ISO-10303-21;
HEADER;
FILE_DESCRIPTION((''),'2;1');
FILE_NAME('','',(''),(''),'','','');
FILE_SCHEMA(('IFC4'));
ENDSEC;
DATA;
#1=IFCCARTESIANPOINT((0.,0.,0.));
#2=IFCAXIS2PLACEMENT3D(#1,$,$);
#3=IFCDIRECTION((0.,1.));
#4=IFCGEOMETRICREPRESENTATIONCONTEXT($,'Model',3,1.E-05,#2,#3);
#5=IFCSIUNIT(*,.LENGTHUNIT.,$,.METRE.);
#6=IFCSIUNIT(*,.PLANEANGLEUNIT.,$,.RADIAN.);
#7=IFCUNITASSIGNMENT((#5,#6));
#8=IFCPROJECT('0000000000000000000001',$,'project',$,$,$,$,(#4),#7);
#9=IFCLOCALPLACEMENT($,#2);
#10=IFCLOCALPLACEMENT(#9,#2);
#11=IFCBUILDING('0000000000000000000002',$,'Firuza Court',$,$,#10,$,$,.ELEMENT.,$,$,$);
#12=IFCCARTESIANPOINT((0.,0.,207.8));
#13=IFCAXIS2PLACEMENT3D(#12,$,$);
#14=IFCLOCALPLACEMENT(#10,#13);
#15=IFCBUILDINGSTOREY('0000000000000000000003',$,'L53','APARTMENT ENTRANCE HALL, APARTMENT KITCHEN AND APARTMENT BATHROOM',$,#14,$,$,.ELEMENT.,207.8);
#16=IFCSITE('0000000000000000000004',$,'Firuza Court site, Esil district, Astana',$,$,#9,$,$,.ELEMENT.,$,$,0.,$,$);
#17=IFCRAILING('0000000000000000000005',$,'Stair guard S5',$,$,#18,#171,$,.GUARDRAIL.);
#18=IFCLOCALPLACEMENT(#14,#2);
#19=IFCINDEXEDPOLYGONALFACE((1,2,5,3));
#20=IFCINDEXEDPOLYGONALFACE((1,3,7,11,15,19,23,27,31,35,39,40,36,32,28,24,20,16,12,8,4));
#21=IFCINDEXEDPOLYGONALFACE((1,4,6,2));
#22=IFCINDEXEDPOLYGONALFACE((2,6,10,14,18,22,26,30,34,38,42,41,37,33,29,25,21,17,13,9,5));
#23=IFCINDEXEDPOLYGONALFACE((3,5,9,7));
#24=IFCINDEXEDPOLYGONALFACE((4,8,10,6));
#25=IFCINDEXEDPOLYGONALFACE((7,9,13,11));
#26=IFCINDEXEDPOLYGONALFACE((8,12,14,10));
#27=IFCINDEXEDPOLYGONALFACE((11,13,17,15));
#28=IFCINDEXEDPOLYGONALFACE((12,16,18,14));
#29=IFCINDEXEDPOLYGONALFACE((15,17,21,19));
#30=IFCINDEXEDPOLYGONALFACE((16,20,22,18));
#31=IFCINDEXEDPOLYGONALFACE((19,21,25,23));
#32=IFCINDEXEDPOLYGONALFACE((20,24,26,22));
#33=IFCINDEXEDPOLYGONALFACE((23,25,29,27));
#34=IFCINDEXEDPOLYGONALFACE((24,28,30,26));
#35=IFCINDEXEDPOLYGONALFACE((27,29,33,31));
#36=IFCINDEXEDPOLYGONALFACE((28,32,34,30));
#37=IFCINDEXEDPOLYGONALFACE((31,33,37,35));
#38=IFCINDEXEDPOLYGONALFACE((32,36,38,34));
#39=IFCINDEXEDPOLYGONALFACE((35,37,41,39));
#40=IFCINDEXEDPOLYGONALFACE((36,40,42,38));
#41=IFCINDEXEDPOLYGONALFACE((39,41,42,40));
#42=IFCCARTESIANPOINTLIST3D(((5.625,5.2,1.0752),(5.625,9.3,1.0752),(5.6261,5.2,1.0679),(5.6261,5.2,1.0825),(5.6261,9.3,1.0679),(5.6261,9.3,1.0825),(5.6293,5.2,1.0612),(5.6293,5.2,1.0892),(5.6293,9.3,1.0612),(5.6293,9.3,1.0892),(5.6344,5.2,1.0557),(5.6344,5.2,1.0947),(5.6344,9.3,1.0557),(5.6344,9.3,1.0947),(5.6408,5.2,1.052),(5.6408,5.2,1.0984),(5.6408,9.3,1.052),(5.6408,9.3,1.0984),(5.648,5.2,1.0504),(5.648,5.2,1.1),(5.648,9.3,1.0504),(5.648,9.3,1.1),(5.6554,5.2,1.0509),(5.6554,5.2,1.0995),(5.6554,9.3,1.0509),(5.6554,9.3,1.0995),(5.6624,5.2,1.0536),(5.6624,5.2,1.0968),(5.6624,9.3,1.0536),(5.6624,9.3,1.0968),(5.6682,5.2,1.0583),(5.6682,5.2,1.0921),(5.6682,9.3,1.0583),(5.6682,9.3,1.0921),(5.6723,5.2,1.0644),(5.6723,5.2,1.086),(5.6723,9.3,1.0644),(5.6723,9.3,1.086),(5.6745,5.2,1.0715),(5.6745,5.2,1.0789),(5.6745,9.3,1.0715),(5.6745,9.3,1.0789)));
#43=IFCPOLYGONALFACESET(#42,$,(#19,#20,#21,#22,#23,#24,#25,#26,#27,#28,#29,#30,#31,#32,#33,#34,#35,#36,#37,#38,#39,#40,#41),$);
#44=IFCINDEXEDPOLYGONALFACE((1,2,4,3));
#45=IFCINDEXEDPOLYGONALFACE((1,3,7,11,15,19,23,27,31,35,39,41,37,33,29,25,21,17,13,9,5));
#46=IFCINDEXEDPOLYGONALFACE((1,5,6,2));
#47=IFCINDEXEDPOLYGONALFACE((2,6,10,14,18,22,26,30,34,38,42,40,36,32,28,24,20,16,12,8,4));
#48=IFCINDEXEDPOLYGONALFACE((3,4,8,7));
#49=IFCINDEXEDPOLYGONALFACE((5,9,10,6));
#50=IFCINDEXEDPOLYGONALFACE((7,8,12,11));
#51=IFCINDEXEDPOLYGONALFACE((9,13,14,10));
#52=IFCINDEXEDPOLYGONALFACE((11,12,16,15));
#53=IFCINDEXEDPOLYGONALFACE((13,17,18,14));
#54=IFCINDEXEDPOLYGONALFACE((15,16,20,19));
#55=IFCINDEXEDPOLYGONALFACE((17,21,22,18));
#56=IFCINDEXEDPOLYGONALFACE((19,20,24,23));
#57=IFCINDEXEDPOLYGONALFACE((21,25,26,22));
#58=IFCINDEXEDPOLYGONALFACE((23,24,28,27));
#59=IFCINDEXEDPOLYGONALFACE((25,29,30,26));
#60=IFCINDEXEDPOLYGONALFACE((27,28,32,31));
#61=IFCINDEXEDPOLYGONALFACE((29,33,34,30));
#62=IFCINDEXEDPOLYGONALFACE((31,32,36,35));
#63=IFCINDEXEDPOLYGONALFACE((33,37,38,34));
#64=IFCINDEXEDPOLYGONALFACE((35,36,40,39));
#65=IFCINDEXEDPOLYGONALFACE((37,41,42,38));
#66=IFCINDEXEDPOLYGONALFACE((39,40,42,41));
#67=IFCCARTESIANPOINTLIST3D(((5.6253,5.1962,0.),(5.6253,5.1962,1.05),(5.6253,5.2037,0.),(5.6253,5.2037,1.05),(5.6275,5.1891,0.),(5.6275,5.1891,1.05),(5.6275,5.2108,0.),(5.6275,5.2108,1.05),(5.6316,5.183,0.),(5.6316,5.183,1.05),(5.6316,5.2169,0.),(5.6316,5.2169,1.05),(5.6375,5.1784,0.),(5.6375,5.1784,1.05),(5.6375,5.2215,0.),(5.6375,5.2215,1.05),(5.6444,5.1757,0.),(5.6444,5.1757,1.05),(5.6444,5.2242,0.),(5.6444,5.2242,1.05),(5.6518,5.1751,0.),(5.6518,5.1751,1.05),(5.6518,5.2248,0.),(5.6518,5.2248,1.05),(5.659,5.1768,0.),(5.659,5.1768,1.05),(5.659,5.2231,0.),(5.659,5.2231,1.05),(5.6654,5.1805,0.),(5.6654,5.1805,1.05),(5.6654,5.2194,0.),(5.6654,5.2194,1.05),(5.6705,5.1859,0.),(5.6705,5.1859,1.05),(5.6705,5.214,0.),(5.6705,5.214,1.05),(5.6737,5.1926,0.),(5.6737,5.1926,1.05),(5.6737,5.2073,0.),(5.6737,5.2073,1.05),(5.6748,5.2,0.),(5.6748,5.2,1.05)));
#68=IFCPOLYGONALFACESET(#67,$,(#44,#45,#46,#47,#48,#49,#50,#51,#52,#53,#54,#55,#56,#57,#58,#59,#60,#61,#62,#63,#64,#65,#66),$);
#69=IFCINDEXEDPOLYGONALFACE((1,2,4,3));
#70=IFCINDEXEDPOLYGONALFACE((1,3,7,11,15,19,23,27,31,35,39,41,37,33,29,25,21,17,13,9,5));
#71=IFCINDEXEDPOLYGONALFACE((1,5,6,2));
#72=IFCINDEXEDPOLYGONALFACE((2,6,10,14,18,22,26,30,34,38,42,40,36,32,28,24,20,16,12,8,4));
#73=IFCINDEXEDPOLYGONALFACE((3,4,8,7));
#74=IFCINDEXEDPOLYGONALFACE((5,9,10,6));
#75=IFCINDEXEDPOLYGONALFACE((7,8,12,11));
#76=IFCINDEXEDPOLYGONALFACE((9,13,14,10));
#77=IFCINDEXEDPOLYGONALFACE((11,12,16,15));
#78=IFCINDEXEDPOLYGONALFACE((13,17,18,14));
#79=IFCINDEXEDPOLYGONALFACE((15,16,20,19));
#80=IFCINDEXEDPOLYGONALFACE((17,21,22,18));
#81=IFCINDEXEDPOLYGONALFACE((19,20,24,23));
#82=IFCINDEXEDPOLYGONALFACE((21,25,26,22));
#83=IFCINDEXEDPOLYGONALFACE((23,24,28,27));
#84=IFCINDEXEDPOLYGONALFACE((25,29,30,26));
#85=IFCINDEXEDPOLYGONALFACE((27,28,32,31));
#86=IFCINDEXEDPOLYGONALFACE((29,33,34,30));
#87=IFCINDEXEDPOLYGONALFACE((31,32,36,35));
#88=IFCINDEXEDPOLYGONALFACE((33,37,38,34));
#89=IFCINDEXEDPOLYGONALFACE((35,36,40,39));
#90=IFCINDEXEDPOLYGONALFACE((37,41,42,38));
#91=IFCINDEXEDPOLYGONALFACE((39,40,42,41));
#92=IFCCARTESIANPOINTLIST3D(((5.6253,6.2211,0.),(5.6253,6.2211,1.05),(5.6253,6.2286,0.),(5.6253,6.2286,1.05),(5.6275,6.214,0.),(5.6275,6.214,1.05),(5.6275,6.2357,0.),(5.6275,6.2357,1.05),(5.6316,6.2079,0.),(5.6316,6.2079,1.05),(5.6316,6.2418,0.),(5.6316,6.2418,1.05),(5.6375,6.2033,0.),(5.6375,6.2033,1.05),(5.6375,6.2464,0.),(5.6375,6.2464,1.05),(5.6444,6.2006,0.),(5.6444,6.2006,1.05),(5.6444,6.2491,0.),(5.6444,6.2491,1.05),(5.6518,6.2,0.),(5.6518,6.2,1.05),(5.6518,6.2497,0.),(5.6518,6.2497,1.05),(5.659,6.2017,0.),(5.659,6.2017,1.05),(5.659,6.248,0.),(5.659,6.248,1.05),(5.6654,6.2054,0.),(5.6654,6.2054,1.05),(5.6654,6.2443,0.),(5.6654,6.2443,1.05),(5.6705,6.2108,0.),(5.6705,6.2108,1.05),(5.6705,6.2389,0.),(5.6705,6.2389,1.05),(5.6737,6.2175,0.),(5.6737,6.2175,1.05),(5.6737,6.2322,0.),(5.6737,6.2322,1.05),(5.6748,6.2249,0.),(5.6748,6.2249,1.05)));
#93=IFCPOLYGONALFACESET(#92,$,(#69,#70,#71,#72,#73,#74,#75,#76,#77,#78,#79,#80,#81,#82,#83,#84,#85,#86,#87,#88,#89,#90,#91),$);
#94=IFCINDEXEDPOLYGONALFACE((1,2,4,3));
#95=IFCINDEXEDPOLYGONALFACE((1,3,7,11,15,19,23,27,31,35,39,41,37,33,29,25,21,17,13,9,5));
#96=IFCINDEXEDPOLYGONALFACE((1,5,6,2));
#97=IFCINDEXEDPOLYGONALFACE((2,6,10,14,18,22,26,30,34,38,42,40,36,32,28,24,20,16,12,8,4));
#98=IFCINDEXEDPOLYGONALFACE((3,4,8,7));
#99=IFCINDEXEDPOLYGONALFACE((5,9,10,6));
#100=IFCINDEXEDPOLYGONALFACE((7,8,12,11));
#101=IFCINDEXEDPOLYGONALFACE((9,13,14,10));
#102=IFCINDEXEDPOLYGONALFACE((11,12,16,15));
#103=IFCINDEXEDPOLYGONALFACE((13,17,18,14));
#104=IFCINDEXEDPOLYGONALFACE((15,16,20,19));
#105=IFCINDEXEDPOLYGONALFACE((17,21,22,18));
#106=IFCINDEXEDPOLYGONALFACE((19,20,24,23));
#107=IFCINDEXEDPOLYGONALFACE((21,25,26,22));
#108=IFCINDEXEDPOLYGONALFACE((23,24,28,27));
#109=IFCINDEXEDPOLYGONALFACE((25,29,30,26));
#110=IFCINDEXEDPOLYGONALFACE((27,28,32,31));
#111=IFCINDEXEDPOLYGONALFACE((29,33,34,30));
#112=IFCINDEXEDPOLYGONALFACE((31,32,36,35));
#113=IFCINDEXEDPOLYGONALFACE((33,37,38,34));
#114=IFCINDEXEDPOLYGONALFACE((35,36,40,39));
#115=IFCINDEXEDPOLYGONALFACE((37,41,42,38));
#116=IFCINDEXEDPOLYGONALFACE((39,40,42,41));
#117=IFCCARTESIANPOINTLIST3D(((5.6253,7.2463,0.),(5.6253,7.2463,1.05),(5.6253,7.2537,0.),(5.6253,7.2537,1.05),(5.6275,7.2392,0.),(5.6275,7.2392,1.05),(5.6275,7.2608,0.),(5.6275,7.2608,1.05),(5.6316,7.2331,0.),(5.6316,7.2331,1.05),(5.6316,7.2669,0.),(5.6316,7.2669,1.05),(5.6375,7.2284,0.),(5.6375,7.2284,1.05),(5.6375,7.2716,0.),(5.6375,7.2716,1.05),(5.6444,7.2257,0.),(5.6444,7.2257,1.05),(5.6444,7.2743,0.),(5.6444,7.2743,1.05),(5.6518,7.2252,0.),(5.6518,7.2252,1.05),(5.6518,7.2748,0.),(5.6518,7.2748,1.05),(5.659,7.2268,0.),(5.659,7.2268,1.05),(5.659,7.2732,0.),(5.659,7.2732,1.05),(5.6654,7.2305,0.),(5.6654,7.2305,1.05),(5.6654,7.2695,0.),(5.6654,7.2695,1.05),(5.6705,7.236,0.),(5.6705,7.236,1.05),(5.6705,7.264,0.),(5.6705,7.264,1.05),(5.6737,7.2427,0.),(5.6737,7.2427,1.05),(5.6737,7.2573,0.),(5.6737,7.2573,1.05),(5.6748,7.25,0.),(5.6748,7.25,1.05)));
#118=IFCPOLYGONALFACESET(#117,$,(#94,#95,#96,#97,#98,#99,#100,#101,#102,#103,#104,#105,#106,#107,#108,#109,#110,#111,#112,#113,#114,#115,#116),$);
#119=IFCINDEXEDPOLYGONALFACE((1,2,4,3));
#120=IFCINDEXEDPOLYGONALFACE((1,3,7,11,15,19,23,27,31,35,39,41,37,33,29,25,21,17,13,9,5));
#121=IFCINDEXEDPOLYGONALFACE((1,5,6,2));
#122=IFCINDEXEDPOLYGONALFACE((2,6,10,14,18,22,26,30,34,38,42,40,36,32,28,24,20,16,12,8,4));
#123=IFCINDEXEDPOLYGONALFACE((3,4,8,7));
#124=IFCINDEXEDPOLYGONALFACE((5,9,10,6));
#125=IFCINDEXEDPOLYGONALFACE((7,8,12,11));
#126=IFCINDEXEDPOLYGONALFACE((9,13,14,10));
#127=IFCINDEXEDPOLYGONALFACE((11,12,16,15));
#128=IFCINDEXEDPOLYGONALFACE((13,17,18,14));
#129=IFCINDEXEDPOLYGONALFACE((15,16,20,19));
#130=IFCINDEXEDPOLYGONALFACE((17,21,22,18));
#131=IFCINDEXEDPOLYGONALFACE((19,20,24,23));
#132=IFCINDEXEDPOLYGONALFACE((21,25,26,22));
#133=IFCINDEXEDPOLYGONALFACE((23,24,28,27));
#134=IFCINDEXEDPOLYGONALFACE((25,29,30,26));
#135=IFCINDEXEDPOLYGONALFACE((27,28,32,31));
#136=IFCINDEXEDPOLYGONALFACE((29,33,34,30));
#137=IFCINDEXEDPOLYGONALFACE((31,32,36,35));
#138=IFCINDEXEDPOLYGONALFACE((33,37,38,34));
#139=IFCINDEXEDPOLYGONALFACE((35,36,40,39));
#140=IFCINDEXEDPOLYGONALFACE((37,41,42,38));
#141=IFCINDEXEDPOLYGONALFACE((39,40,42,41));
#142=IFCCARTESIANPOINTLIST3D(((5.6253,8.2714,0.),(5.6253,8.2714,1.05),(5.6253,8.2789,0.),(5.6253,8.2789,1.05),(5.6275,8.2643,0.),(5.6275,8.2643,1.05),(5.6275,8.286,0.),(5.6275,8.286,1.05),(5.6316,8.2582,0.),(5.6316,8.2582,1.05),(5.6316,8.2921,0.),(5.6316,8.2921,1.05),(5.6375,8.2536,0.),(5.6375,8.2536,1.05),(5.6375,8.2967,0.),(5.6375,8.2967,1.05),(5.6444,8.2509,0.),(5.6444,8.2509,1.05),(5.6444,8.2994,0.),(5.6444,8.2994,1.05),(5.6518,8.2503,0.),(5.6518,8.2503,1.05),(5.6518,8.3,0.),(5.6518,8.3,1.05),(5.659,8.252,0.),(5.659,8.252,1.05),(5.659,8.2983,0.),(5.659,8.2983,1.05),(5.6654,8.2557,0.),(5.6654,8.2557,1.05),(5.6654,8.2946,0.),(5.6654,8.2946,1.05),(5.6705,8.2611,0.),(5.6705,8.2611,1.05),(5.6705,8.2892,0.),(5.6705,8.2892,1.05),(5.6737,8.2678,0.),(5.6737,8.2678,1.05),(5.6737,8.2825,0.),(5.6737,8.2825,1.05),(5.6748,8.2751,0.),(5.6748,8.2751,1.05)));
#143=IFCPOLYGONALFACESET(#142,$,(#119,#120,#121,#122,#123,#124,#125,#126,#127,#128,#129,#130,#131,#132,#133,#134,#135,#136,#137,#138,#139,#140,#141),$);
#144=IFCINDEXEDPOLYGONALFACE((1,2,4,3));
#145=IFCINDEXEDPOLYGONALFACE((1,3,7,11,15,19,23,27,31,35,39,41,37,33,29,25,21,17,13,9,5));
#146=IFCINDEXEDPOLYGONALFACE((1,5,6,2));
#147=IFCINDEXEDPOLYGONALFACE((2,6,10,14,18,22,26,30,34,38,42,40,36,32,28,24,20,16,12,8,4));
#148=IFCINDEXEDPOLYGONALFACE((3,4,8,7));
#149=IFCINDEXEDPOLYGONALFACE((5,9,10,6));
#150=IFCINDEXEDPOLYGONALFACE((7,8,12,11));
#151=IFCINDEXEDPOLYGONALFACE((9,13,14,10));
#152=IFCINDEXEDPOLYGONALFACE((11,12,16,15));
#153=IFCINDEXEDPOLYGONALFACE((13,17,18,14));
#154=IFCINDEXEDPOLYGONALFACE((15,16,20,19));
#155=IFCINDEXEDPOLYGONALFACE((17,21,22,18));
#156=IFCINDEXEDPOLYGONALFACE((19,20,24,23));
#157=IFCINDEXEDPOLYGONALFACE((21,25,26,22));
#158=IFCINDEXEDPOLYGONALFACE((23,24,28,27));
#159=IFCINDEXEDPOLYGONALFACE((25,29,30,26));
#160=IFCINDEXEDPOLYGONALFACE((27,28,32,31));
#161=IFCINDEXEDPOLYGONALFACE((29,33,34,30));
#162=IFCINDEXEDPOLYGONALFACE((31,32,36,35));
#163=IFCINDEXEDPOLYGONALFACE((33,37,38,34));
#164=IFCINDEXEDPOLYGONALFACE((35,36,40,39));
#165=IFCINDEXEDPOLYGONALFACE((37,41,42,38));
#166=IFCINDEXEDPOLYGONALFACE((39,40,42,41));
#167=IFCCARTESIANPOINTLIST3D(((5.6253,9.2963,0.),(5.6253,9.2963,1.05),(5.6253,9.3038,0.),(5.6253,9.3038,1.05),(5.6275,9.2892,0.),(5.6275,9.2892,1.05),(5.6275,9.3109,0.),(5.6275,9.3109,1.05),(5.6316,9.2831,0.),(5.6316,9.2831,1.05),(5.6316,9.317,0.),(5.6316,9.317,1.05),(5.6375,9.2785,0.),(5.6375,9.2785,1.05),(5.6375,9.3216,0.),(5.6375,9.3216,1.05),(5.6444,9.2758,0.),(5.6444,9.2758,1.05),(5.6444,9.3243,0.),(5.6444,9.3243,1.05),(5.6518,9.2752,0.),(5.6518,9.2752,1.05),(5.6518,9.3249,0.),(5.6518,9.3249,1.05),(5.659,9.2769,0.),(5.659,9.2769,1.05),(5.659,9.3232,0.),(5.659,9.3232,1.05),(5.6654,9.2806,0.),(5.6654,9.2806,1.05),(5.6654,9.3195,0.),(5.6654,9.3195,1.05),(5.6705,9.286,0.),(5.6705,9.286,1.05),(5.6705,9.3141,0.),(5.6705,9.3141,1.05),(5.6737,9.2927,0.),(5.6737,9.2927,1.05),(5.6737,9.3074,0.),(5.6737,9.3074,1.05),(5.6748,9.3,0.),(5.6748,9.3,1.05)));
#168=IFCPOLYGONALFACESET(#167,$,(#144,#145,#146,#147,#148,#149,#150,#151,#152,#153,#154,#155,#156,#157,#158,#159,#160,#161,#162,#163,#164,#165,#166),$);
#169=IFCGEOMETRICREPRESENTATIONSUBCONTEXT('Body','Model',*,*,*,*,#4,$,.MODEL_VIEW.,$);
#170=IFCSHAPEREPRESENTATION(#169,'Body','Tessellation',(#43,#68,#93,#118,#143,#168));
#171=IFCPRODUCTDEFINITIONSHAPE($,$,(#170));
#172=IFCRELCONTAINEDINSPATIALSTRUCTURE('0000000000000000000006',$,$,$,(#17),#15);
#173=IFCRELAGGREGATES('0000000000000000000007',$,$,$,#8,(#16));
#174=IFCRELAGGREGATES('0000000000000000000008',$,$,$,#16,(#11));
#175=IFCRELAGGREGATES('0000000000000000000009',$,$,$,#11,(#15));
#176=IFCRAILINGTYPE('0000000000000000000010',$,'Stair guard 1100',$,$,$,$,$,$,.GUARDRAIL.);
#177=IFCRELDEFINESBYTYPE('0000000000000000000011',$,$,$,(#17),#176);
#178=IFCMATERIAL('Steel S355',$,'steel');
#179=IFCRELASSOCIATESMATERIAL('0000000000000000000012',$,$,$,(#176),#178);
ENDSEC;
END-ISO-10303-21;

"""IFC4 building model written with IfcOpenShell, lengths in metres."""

from ifc_helpers import new_model, si_unit, direction, frame, origin, origin_2d, place, context, subcontext, project, spatial, circle, extrude, material, type_object, element, save


model = new_model("IFC4")

# Units and contexts
model_context = context("Model", 3, precision=1e-05, world=origin(), true_north=direction((0.0, 1.0)))
body_context = subcontext(model_context, "Body", "Model", "MODEL_VIEW")
ifc_project = project(units=[si_unit("LENGTHUNIT", "METRE"), si_unit("PLANEANGLEUNIT", "RADIAN")], contexts=[model_context])

# Site, building, storey
site_placement = place(None, origin())
site = spatial("IfcSite", under=ifc_project, at=site_placement, Name="Firuza Court site, Esil district, Astana", CompositionType="ELEMENT", RefElevation=0.0)
building_placement = place(site_placement, origin())
building = spatial("IfcBuilding", under=site, at=building_placement, Name="Firuza Court", CompositionType="ELEMENT")
storey_placement = place(building_placement, frame((0.0, 0.0, 207.8)))
storey = spatial("IfcBuildingStorey", under=building, at=storey_placement, Name="L53", Description="APARTMENT ENTRANCE HALL, APARTMENT KITCHEN AND APARTMENT BATHROOM", CompositionType="ELEMENT", Elevation=207.8)

# Railing
ifc_material_1 = material(Name="Steel S355", Category="steel")
railing_type = type_object("IfcRailingType", Name="Stair guard 1100", PredefinedType="GUARDRAIL", material=ifc_material_1)
railing_placement = place(storey_placement, frame((5.6499, 5.2, 0.0)))
element("IfcRailing", 1, at=railing_placement, inside=storey, type_object=railing_type, Name="Stair guard S5", PredefinedType="GUARDRAIL", context=body_context, shape_type="SweptSolid", body=[
    extrude(circle(Radius=0.0249, at=origin_2d()), frame((0.0, 0.0, 1.0752), z_axis=(0.0, 1.0, 0.0), x_axis=(-1.0, 0.0, 0.0)), (0.0, 0.0, 1.0), 4.1001),
    extrude(circle(Radius=0.0249, at=origin_2d()), origin(), (0.0, 0.0, 1.0), 1.05),
    extrude(circle(Radius=0.0249, at=origin_2d()), frame((0.0, 1.0249, 0.0)), (0.0, 0.0, 1.0), 1.05),
    extrude(circle(Radius=0.0249, at=origin_2d()), frame((0.0, 2.05, 0.0)), (0.0, 0.0, 1.0), 1.05),
    extrude(circle(Radius=0.0249, at=origin_2d()), frame((0.0, 3.0752, 0.0)), (0.0, 0.0, 1.0), 1.05),
    extrude(circle(Radius=0.0249, at=origin_2d()), frame((0.0, 4.1001, 0.0)), (0.0, 0.0, 1.0), 1.05),
])

save(model, "model.ifc")
